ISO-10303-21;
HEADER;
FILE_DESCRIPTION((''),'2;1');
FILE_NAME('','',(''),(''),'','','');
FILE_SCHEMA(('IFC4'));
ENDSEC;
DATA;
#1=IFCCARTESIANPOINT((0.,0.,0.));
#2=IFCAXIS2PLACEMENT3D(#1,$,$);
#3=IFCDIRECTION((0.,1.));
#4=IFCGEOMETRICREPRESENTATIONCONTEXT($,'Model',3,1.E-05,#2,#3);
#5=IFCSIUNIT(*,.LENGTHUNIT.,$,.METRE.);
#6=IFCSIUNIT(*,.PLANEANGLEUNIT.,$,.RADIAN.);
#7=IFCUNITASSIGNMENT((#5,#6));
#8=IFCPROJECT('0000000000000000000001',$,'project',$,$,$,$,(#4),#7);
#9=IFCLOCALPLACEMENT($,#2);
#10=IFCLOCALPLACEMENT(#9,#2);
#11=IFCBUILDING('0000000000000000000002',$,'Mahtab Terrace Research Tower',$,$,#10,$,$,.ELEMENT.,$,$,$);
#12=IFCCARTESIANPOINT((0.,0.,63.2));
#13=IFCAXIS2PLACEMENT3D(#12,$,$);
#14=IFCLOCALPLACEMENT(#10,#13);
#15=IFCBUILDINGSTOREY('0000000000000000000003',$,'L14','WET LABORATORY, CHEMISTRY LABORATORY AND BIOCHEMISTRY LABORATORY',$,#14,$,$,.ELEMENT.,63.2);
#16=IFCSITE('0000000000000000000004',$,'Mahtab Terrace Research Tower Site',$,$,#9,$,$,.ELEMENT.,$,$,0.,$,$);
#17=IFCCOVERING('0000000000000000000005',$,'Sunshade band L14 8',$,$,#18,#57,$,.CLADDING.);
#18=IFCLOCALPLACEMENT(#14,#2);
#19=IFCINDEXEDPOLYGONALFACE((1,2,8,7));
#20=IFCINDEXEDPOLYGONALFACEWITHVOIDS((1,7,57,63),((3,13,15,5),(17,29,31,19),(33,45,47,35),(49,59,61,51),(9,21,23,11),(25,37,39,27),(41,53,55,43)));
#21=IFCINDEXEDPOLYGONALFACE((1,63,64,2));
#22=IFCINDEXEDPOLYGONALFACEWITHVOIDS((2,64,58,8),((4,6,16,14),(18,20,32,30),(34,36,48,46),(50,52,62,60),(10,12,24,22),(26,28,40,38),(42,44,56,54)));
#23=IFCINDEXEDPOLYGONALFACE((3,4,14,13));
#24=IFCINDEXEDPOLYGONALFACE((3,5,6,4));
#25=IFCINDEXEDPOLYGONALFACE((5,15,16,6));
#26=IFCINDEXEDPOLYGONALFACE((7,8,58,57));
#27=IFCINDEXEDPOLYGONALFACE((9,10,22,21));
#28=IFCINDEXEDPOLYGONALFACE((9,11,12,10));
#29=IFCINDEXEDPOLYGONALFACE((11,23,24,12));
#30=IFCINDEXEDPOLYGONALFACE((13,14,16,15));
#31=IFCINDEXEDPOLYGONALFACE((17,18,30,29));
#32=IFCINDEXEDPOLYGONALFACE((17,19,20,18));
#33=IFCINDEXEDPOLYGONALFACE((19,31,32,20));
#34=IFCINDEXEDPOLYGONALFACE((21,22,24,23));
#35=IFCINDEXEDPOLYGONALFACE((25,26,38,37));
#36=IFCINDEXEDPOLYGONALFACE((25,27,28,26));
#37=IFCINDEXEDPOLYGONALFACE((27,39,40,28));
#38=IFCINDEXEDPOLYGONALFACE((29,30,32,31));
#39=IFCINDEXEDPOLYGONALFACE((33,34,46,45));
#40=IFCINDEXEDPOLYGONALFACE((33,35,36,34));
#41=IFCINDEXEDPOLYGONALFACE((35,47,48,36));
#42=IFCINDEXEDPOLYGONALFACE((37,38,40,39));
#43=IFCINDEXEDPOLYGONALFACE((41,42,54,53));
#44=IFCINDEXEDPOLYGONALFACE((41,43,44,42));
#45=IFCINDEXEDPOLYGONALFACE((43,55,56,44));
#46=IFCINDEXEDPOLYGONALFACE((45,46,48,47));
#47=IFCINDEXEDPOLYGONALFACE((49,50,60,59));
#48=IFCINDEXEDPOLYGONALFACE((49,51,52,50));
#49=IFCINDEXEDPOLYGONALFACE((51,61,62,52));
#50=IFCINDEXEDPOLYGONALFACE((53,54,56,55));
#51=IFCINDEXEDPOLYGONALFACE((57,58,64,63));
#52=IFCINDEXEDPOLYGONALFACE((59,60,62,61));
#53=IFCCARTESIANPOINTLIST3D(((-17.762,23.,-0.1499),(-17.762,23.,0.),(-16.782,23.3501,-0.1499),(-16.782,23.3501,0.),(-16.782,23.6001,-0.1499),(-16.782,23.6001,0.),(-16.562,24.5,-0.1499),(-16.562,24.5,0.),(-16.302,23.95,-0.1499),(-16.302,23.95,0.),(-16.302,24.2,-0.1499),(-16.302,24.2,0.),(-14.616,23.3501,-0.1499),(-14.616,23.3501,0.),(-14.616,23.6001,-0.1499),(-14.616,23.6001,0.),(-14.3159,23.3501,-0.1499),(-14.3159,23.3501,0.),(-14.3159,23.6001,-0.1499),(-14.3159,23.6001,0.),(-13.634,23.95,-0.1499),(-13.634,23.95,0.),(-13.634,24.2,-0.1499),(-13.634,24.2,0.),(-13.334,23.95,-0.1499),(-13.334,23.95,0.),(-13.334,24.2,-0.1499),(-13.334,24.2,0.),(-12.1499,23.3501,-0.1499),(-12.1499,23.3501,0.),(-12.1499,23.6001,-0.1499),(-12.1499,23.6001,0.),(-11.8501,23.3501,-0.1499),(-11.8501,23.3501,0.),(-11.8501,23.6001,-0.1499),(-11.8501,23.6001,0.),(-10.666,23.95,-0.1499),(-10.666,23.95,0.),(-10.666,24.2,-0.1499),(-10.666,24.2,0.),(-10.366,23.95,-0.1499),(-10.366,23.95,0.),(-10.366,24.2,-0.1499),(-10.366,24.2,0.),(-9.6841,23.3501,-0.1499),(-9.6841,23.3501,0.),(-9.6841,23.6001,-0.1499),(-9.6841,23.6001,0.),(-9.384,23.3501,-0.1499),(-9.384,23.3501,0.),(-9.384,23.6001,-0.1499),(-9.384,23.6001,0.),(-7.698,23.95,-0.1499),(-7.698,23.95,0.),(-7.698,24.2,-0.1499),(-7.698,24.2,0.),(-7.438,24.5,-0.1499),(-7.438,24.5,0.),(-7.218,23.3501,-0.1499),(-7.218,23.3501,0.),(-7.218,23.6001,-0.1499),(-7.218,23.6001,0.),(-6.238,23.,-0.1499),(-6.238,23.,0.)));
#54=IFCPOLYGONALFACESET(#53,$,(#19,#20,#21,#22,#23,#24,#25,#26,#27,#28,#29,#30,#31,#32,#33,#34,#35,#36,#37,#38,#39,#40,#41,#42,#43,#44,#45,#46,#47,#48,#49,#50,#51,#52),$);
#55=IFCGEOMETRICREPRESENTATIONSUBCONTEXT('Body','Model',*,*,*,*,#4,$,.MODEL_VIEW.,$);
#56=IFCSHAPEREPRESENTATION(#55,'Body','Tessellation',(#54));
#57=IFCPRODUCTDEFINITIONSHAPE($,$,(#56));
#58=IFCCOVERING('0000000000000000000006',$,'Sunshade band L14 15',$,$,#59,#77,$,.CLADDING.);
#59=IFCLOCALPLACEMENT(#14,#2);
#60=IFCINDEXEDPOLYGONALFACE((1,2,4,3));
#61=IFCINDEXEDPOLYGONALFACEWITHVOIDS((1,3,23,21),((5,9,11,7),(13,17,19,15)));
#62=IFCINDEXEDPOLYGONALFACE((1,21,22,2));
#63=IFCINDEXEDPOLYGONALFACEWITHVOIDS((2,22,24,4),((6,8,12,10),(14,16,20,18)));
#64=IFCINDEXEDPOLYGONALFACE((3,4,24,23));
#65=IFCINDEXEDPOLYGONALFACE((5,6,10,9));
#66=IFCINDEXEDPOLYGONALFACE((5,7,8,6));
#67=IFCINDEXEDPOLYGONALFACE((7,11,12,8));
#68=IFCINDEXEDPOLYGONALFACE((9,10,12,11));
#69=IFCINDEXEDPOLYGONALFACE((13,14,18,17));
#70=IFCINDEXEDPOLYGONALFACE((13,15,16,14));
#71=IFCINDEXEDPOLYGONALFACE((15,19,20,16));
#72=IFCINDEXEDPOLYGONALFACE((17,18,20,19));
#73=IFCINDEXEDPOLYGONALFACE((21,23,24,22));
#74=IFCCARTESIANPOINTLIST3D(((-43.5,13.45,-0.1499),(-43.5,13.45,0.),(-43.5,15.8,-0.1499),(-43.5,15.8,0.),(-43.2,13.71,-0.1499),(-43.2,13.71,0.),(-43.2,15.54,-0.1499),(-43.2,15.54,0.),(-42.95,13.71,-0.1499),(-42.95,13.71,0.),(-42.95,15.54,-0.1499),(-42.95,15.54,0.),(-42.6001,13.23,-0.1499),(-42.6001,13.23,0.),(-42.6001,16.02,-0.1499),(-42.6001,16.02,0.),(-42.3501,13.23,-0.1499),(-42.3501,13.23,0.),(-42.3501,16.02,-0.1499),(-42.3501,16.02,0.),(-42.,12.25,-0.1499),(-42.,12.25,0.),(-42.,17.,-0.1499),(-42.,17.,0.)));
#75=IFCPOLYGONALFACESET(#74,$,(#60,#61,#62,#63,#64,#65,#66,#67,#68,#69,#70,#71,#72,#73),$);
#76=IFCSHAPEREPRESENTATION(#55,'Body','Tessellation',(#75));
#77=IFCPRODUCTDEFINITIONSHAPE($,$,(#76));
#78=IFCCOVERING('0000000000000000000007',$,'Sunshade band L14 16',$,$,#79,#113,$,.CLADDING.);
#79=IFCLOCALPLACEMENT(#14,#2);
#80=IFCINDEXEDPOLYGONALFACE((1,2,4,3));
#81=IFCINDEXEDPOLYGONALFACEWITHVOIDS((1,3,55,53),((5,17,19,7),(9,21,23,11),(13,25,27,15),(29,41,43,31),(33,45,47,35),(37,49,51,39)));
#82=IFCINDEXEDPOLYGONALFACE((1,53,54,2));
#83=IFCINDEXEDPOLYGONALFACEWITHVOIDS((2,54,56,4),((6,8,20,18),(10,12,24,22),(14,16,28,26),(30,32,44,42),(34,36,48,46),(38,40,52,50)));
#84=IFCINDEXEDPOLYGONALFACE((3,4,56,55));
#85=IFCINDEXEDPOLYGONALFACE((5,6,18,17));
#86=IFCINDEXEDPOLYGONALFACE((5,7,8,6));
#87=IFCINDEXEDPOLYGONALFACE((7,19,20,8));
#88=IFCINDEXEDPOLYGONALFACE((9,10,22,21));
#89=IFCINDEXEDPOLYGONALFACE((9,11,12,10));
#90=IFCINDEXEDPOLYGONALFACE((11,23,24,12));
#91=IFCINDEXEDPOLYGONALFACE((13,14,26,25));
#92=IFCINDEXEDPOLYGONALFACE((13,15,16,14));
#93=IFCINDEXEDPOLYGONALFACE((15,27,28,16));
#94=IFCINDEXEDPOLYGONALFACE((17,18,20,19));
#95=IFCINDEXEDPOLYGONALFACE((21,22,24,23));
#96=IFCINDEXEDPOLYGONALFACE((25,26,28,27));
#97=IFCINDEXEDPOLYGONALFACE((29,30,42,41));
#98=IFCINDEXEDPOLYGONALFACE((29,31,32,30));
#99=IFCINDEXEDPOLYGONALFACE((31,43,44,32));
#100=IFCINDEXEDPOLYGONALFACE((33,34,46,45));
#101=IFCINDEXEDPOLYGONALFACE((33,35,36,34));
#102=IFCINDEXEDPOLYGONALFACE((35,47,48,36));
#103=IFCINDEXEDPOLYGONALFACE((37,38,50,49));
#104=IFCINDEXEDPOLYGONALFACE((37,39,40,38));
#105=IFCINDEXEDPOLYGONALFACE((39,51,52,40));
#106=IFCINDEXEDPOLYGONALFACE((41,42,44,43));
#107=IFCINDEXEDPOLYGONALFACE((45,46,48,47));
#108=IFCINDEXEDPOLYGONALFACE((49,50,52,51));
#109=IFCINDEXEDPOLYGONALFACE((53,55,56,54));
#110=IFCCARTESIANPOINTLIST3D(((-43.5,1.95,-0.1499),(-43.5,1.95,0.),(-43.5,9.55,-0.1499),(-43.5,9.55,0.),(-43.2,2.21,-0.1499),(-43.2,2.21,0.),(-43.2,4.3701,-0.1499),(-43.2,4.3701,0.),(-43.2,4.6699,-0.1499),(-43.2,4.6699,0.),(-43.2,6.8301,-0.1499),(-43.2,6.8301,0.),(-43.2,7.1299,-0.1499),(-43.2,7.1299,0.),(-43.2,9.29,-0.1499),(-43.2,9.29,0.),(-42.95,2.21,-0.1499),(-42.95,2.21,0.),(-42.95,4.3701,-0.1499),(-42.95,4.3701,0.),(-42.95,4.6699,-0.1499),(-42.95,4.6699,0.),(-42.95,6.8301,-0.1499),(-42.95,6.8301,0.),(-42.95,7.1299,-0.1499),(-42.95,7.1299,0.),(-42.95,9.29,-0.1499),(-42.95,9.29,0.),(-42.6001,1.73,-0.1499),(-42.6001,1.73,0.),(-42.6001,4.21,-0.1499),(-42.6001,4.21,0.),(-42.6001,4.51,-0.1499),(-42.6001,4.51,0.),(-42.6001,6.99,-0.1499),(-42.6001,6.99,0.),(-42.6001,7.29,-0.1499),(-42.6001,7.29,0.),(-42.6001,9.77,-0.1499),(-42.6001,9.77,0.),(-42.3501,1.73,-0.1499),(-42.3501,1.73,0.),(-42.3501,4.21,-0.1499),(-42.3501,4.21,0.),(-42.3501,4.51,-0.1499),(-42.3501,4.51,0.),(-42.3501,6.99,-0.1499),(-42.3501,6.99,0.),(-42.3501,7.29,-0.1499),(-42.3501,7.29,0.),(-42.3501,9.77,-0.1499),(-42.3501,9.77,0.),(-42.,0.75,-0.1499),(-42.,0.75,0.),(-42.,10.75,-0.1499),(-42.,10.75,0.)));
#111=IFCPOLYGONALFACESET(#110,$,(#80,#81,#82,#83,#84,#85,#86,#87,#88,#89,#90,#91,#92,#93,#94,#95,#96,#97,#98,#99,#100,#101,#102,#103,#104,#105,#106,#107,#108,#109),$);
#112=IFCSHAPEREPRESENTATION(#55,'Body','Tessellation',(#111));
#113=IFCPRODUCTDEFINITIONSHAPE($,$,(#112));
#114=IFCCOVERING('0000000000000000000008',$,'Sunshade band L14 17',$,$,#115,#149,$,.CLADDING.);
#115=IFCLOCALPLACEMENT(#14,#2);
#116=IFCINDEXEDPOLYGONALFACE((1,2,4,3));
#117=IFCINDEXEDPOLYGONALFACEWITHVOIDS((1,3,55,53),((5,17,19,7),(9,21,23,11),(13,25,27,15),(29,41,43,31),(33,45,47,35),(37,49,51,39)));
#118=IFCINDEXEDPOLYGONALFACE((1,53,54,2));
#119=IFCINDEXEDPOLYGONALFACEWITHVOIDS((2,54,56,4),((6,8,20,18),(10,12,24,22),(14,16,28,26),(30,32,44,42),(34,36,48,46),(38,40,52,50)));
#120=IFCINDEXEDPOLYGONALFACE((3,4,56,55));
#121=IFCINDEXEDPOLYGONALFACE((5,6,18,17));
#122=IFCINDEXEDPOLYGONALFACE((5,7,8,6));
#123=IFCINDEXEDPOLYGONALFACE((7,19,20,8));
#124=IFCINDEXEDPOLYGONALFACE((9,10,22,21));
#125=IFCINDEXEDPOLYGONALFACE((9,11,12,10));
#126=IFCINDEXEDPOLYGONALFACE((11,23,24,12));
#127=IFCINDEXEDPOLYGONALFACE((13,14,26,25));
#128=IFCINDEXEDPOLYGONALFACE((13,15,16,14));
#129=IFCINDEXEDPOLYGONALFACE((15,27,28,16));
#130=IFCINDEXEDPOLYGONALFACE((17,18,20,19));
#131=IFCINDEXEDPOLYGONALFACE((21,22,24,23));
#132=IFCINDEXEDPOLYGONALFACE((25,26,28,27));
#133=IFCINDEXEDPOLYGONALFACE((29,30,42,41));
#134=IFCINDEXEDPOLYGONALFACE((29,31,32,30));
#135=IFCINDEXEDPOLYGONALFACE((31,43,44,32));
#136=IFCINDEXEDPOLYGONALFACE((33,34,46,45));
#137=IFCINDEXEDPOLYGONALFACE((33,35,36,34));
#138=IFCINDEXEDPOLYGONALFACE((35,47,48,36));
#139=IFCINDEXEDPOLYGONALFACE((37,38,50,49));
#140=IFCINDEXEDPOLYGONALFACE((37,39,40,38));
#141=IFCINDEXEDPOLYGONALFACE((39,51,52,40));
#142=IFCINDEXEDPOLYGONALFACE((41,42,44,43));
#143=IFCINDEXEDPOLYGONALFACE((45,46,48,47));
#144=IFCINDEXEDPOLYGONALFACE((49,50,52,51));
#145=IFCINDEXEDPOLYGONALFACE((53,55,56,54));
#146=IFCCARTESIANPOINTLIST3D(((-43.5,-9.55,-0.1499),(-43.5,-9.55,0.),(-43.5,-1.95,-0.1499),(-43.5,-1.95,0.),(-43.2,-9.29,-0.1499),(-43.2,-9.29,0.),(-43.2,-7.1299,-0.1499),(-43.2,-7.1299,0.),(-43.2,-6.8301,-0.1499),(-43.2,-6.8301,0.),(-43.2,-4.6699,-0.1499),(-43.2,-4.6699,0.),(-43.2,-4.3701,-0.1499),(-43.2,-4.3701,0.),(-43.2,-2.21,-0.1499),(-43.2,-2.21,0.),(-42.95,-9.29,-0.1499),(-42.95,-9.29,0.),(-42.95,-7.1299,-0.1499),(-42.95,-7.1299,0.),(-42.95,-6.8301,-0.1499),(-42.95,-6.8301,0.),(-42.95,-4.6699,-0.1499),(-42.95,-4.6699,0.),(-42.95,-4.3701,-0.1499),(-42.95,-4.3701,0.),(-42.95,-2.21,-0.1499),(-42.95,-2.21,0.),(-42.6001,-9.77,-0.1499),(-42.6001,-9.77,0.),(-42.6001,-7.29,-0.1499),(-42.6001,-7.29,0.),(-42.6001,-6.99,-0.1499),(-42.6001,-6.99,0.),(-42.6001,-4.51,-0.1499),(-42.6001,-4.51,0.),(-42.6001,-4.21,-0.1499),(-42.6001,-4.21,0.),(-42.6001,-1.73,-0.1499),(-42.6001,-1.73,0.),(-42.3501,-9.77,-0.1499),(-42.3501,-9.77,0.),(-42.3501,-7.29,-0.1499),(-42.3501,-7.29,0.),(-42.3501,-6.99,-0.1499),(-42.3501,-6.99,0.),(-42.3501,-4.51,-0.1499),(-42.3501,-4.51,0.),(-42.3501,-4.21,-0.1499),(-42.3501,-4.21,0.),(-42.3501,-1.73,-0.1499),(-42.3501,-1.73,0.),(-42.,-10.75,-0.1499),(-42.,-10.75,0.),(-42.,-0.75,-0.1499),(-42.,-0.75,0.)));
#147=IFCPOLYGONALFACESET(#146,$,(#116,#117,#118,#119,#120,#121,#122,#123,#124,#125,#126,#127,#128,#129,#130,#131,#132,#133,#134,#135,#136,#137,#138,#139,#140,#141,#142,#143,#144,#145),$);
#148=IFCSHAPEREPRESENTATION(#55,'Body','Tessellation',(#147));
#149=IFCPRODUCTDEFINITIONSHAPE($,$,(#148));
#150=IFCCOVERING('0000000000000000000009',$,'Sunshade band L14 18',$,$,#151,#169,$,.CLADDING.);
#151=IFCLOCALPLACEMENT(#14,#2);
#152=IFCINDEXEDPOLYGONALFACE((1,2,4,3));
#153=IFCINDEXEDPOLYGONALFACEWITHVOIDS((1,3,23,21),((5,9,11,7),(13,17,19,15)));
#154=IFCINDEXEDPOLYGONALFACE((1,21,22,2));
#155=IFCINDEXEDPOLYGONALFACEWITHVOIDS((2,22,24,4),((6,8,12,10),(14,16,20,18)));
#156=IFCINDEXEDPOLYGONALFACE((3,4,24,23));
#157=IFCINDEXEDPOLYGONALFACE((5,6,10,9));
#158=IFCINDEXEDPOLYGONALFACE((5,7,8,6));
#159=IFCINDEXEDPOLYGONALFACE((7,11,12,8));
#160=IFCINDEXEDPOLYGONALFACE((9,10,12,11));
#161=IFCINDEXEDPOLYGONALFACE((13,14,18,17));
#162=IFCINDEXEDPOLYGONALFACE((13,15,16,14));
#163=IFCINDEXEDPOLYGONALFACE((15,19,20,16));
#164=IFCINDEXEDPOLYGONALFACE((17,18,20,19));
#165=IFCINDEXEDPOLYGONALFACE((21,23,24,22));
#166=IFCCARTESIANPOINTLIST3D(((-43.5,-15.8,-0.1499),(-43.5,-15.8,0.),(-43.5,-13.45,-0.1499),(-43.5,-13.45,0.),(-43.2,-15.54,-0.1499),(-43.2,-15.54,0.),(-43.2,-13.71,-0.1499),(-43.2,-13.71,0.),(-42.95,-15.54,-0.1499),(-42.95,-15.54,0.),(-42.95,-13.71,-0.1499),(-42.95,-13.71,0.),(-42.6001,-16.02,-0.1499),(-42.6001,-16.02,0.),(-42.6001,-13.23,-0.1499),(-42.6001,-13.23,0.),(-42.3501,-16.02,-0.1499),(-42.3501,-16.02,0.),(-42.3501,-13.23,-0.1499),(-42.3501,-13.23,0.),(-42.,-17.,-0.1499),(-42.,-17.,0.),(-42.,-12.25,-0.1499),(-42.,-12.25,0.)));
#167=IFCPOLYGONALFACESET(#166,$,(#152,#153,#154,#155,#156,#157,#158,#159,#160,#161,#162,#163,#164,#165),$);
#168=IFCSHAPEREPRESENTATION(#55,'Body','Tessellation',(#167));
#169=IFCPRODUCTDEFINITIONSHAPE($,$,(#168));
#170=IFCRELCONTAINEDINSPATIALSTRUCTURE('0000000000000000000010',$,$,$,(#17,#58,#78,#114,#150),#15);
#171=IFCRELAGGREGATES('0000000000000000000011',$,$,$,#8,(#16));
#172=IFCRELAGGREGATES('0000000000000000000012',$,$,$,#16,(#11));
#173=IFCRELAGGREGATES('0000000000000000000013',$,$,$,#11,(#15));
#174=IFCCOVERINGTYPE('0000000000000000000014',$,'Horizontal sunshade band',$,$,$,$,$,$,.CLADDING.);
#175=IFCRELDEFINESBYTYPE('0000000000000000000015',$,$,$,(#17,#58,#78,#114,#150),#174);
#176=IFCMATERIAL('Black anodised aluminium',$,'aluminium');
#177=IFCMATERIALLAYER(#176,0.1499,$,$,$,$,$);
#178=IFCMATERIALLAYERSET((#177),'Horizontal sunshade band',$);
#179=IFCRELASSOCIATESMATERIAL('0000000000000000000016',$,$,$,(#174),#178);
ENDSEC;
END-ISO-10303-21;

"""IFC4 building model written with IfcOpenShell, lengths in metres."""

from ifc_helpers import new_model, si_unit, direction, frame, origin, place, context, subcontext, project, spatial, polyline, outline, extrude, material, layer, layer_set, type_object, element, save


model = new_model("IFC4")

# Units and contexts
model_context = context("Model", 3, precision=1e-05, world=origin(), true_north=direction((0.0, 1.0)))
body_context = subcontext(model_context, "Body", "Model", "MODEL_VIEW")
ifc_project = project(units=[si_unit("LENGTHUNIT", "METRE"), si_unit("PLANEANGLEUNIT", "RADIAN")], contexts=[model_context])

# Site, building, storey
site_placement = place(None, origin())
site = spatial("IfcSite", under=ifc_project, at=site_placement, Name="Mahtab Terrace Research Tower Site", CompositionType="ELEMENT", RefElevation=0.0)
building_placement = place(site_placement, origin())
building = spatial("IfcBuilding", under=site, at=building_placement, Name="Mahtab Terrace Research Tower", CompositionType="ELEMENT")
storey_placement = place(building_placement, frame((0.0, 0.0, 63.2)))
storey = spatial("IfcBuildingStorey", under=building, at=storey_placement, Name="L14", Description="WET LABORATORY, CHEMISTRY LABORATORY AND BIOCHEMISTRY LABORATORY", CompositionType="ELEMENT", Elevation=63.2)

# Coverings
ifc_material_1 = material(Name="Black anodised aluminium", Category="aluminium")
ifc_layer_1 = layer(ifc_material_1, 0.1499)
ifc_layer_set_1 = layer_set([ifc_layer_1], Name="Horizontal sunshade band")
covering_type = type_object("IfcCoveringType", Name="Horizontal sunshade band", PredefinedType="CLADDING", material=ifc_layer_set_1)
covering_1_placement = place(storey_placement, frame((0.0, 0.0, -0.1499)))
element("IfcCovering", 1, at=covering_1_placement, inside=storey, type_object=covering_type, Name="Sunshade band L14 8", PredefinedType="CLADDING", context=body_context, shape_type="SweptSolid", body=[
    extrude(outline(polyline([(-6.238, 23.0), (-17.762, 23.0), (-16.562, 24.5), (-7.438, 24.5), (-6.238, 23.0)]), holes=[polyline([(-7.218, 23.3501), (-9.384, 23.3501), (-9.384, 23.6001), (-7.218, 23.6001), (-7.218, 23.3501)]), polyline([(-9.6841, 23.3501), (-11.8501, 23.3501), (-11.8501, 23.6001), (-9.6841, 23.6001), (-9.6841, 23.3501)]), polyline([(-12.1499, 23.3501), (-14.3159, 23.3501), (-14.3159, 23.6001), (-12.1499, 23.6001), (-12.1499, 23.3501)]), polyline([(-14.616, 23.3501), (-16.782, 23.3501), (-16.782, 23.6001), (-14.616, 23.6001), (-14.616, 23.3501)]), polyline([(-7.698, 23.95), (-10.366, 23.95), (-10.366, 24.2), (-7.698, 24.2), (-7.698, 23.95)]), polyline([(-10.666, 23.95), (-13.334, 23.95), (-13.334, 24.2), (-10.666, 24.2), (-10.666, 23.95)]), polyline([(-13.634, 23.95), (-16.302, 23.95), (-16.302, 24.2), (-13.634, 24.2), (-13.634, 23.95)])]), origin(), (0.0, 0.0, 1.0), 0.1499),
])
covering_2_placement = place(storey_placement, frame((0.0, 0.0, -0.1499)))
element("IfcCovering", 2, at=covering_2_placement, inside=storey, type_object=covering_type, Name="Sunshade band L14 15", PredefinedType="CLADDING", context=body_context, shape_type="SweptSolid", body=[
    extrude(outline(polyline([(-42.0, 17.0), (-42.0, 12.25), (-43.5, 13.45), (-43.5, 15.8), (-42.0, 17.0)]), holes=[polyline([(-42.3501, 16.02), (-42.3501, 13.23), (-42.6001, 13.23), (-42.6001, 16.02), (-42.3501, 16.02)]), polyline([(-42.95, 15.54), (-42.95, 13.71), (-43.2, 13.71), (-43.2, 15.54), (-42.95, 15.54)])]), origin(), (0.0, 0.0, 1.0), 0.1499),
])
covering_3_placement = place(storey_placement, frame((0.0, 0.0, -0.1499)))
element("IfcCovering", 3, at=covering_3_placement, inside=storey, type_object=covering_type, Name="Sunshade band L14 16", PredefinedType="CLADDING", context=body_context, shape_type="SweptSolid", body=[
    extrude(outline(polyline([(-42.0, 10.75), (-42.0, 0.75), (-43.5, 1.95), (-43.5, 9.55), (-42.0, 10.75)]), holes=[polyline([(-42.3501, 9.77), (-42.3501, 7.29), (-42.6001, 7.29), (-42.6001, 9.77), (-42.3501, 9.77)]), polyline([(-42.3501, 6.99), (-42.3501, 4.51), (-42.6001, 4.51), (-42.6001, 6.99), (-42.3501, 6.99)]), polyline([(-42.3501, 4.21), (-42.3501, 1.73), (-42.6001, 1.73), (-42.6001, 4.21), (-42.3501, 4.21)]), polyline([(-42.95, 9.29), (-42.95, 7.1299), (-43.2, 7.1299), (-43.2, 9.29), (-42.95, 9.29)]), polyline([(-42.95, 6.8301), (-42.95, 4.6699), (-43.2, 4.6699), (-43.2, 6.8301), (-42.95, 6.8301)]), polyline([(-42.95, 4.3701), (-42.95, 2.21), (-43.2, 2.21), (-43.2, 4.3701), (-42.95, 4.3701)])]), origin(), (0.0, 0.0, 1.0), 0.1499),
])
covering_4_placement = place(storey_placement, frame((0.0, 0.0, -0.1499)))
element("IfcCovering", 4, at=covering_4_placement, inside=storey, type_object=covering_type, Name="Sunshade band L14 17", PredefinedType="CLADDING", context=body_context, shape_type="SweptSolid", body=[
    extrude(outline(polyline([(-42.0, -0.75), (-42.0, -10.75), (-43.5, -9.55), (-43.5, -1.95), (-42.0, -0.75)]), holes=[polyline([(-42.3501, -1.73), (-42.3501, -4.21), (-42.6001, -4.21), (-42.6001, -1.73), (-42.3501, -1.73)]), polyline([(-42.3501, -4.51), (-42.3501, -6.99), (-42.6001, -6.99), (-42.6001, -4.51), (-42.3501, -4.51)]), polyline([(-42.3501, -7.29), (-42.3501, -9.77), (-42.6001, -9.77), (-42.6001, -7.29), (-42.3501, -7.29)]), polyline([(-42.95, -2.21), (-42.95, -4.3701), (-43.2, -4.3701), (-43.2, -2.21), (-42.95, -2.21)]), polyline([(-42.95, -4.6699), (-42.95, -6.8301), (-43.2, -6.8301), (-43.2, -4.6699), (-42.95, -4.6699)]), polyline([(-42.95, -7.1299), (-42.95, -9.29), (-43.2, -9.29), (-43.2, -7.1299), (-42.95, -7.1299)])]), origin(), (0.0, 0.0, 1.0), 0.1499),
])
covering_5_placement = place(storey_placement, frame((0.0, 0.0, -0.1499)))
element("IfcCovering", 5, at=covering_5_placement, inside=storey, type_object=covering_type, Name="Sunshade band L14 18", PredefinedType="CLADDING", context=body_context, shape_type="SweptSolid", body=[
    extrude(outline(polyline([(-42.0, -12.25), (-42.0, -17.0), (-43.5, -15.8), (-43.5, -13.45), (-42.0, -12.25)]), holes=[polyline([(-42.3501, -13.23), (-42.3501, -16.02), (-42.6001, -16.02), (-42.6001, -13.23), (-42.3501, -13.23)]), polyline([(-42.95, -13.71), (-42.95, -15.54), (-43.2, -15.54), (-43.2, -13.71), (-42.95, -13.71)])]), origin(), (0.0, 0.0, 1.0), 0.1499),
])

save(model, "model.ifc")
